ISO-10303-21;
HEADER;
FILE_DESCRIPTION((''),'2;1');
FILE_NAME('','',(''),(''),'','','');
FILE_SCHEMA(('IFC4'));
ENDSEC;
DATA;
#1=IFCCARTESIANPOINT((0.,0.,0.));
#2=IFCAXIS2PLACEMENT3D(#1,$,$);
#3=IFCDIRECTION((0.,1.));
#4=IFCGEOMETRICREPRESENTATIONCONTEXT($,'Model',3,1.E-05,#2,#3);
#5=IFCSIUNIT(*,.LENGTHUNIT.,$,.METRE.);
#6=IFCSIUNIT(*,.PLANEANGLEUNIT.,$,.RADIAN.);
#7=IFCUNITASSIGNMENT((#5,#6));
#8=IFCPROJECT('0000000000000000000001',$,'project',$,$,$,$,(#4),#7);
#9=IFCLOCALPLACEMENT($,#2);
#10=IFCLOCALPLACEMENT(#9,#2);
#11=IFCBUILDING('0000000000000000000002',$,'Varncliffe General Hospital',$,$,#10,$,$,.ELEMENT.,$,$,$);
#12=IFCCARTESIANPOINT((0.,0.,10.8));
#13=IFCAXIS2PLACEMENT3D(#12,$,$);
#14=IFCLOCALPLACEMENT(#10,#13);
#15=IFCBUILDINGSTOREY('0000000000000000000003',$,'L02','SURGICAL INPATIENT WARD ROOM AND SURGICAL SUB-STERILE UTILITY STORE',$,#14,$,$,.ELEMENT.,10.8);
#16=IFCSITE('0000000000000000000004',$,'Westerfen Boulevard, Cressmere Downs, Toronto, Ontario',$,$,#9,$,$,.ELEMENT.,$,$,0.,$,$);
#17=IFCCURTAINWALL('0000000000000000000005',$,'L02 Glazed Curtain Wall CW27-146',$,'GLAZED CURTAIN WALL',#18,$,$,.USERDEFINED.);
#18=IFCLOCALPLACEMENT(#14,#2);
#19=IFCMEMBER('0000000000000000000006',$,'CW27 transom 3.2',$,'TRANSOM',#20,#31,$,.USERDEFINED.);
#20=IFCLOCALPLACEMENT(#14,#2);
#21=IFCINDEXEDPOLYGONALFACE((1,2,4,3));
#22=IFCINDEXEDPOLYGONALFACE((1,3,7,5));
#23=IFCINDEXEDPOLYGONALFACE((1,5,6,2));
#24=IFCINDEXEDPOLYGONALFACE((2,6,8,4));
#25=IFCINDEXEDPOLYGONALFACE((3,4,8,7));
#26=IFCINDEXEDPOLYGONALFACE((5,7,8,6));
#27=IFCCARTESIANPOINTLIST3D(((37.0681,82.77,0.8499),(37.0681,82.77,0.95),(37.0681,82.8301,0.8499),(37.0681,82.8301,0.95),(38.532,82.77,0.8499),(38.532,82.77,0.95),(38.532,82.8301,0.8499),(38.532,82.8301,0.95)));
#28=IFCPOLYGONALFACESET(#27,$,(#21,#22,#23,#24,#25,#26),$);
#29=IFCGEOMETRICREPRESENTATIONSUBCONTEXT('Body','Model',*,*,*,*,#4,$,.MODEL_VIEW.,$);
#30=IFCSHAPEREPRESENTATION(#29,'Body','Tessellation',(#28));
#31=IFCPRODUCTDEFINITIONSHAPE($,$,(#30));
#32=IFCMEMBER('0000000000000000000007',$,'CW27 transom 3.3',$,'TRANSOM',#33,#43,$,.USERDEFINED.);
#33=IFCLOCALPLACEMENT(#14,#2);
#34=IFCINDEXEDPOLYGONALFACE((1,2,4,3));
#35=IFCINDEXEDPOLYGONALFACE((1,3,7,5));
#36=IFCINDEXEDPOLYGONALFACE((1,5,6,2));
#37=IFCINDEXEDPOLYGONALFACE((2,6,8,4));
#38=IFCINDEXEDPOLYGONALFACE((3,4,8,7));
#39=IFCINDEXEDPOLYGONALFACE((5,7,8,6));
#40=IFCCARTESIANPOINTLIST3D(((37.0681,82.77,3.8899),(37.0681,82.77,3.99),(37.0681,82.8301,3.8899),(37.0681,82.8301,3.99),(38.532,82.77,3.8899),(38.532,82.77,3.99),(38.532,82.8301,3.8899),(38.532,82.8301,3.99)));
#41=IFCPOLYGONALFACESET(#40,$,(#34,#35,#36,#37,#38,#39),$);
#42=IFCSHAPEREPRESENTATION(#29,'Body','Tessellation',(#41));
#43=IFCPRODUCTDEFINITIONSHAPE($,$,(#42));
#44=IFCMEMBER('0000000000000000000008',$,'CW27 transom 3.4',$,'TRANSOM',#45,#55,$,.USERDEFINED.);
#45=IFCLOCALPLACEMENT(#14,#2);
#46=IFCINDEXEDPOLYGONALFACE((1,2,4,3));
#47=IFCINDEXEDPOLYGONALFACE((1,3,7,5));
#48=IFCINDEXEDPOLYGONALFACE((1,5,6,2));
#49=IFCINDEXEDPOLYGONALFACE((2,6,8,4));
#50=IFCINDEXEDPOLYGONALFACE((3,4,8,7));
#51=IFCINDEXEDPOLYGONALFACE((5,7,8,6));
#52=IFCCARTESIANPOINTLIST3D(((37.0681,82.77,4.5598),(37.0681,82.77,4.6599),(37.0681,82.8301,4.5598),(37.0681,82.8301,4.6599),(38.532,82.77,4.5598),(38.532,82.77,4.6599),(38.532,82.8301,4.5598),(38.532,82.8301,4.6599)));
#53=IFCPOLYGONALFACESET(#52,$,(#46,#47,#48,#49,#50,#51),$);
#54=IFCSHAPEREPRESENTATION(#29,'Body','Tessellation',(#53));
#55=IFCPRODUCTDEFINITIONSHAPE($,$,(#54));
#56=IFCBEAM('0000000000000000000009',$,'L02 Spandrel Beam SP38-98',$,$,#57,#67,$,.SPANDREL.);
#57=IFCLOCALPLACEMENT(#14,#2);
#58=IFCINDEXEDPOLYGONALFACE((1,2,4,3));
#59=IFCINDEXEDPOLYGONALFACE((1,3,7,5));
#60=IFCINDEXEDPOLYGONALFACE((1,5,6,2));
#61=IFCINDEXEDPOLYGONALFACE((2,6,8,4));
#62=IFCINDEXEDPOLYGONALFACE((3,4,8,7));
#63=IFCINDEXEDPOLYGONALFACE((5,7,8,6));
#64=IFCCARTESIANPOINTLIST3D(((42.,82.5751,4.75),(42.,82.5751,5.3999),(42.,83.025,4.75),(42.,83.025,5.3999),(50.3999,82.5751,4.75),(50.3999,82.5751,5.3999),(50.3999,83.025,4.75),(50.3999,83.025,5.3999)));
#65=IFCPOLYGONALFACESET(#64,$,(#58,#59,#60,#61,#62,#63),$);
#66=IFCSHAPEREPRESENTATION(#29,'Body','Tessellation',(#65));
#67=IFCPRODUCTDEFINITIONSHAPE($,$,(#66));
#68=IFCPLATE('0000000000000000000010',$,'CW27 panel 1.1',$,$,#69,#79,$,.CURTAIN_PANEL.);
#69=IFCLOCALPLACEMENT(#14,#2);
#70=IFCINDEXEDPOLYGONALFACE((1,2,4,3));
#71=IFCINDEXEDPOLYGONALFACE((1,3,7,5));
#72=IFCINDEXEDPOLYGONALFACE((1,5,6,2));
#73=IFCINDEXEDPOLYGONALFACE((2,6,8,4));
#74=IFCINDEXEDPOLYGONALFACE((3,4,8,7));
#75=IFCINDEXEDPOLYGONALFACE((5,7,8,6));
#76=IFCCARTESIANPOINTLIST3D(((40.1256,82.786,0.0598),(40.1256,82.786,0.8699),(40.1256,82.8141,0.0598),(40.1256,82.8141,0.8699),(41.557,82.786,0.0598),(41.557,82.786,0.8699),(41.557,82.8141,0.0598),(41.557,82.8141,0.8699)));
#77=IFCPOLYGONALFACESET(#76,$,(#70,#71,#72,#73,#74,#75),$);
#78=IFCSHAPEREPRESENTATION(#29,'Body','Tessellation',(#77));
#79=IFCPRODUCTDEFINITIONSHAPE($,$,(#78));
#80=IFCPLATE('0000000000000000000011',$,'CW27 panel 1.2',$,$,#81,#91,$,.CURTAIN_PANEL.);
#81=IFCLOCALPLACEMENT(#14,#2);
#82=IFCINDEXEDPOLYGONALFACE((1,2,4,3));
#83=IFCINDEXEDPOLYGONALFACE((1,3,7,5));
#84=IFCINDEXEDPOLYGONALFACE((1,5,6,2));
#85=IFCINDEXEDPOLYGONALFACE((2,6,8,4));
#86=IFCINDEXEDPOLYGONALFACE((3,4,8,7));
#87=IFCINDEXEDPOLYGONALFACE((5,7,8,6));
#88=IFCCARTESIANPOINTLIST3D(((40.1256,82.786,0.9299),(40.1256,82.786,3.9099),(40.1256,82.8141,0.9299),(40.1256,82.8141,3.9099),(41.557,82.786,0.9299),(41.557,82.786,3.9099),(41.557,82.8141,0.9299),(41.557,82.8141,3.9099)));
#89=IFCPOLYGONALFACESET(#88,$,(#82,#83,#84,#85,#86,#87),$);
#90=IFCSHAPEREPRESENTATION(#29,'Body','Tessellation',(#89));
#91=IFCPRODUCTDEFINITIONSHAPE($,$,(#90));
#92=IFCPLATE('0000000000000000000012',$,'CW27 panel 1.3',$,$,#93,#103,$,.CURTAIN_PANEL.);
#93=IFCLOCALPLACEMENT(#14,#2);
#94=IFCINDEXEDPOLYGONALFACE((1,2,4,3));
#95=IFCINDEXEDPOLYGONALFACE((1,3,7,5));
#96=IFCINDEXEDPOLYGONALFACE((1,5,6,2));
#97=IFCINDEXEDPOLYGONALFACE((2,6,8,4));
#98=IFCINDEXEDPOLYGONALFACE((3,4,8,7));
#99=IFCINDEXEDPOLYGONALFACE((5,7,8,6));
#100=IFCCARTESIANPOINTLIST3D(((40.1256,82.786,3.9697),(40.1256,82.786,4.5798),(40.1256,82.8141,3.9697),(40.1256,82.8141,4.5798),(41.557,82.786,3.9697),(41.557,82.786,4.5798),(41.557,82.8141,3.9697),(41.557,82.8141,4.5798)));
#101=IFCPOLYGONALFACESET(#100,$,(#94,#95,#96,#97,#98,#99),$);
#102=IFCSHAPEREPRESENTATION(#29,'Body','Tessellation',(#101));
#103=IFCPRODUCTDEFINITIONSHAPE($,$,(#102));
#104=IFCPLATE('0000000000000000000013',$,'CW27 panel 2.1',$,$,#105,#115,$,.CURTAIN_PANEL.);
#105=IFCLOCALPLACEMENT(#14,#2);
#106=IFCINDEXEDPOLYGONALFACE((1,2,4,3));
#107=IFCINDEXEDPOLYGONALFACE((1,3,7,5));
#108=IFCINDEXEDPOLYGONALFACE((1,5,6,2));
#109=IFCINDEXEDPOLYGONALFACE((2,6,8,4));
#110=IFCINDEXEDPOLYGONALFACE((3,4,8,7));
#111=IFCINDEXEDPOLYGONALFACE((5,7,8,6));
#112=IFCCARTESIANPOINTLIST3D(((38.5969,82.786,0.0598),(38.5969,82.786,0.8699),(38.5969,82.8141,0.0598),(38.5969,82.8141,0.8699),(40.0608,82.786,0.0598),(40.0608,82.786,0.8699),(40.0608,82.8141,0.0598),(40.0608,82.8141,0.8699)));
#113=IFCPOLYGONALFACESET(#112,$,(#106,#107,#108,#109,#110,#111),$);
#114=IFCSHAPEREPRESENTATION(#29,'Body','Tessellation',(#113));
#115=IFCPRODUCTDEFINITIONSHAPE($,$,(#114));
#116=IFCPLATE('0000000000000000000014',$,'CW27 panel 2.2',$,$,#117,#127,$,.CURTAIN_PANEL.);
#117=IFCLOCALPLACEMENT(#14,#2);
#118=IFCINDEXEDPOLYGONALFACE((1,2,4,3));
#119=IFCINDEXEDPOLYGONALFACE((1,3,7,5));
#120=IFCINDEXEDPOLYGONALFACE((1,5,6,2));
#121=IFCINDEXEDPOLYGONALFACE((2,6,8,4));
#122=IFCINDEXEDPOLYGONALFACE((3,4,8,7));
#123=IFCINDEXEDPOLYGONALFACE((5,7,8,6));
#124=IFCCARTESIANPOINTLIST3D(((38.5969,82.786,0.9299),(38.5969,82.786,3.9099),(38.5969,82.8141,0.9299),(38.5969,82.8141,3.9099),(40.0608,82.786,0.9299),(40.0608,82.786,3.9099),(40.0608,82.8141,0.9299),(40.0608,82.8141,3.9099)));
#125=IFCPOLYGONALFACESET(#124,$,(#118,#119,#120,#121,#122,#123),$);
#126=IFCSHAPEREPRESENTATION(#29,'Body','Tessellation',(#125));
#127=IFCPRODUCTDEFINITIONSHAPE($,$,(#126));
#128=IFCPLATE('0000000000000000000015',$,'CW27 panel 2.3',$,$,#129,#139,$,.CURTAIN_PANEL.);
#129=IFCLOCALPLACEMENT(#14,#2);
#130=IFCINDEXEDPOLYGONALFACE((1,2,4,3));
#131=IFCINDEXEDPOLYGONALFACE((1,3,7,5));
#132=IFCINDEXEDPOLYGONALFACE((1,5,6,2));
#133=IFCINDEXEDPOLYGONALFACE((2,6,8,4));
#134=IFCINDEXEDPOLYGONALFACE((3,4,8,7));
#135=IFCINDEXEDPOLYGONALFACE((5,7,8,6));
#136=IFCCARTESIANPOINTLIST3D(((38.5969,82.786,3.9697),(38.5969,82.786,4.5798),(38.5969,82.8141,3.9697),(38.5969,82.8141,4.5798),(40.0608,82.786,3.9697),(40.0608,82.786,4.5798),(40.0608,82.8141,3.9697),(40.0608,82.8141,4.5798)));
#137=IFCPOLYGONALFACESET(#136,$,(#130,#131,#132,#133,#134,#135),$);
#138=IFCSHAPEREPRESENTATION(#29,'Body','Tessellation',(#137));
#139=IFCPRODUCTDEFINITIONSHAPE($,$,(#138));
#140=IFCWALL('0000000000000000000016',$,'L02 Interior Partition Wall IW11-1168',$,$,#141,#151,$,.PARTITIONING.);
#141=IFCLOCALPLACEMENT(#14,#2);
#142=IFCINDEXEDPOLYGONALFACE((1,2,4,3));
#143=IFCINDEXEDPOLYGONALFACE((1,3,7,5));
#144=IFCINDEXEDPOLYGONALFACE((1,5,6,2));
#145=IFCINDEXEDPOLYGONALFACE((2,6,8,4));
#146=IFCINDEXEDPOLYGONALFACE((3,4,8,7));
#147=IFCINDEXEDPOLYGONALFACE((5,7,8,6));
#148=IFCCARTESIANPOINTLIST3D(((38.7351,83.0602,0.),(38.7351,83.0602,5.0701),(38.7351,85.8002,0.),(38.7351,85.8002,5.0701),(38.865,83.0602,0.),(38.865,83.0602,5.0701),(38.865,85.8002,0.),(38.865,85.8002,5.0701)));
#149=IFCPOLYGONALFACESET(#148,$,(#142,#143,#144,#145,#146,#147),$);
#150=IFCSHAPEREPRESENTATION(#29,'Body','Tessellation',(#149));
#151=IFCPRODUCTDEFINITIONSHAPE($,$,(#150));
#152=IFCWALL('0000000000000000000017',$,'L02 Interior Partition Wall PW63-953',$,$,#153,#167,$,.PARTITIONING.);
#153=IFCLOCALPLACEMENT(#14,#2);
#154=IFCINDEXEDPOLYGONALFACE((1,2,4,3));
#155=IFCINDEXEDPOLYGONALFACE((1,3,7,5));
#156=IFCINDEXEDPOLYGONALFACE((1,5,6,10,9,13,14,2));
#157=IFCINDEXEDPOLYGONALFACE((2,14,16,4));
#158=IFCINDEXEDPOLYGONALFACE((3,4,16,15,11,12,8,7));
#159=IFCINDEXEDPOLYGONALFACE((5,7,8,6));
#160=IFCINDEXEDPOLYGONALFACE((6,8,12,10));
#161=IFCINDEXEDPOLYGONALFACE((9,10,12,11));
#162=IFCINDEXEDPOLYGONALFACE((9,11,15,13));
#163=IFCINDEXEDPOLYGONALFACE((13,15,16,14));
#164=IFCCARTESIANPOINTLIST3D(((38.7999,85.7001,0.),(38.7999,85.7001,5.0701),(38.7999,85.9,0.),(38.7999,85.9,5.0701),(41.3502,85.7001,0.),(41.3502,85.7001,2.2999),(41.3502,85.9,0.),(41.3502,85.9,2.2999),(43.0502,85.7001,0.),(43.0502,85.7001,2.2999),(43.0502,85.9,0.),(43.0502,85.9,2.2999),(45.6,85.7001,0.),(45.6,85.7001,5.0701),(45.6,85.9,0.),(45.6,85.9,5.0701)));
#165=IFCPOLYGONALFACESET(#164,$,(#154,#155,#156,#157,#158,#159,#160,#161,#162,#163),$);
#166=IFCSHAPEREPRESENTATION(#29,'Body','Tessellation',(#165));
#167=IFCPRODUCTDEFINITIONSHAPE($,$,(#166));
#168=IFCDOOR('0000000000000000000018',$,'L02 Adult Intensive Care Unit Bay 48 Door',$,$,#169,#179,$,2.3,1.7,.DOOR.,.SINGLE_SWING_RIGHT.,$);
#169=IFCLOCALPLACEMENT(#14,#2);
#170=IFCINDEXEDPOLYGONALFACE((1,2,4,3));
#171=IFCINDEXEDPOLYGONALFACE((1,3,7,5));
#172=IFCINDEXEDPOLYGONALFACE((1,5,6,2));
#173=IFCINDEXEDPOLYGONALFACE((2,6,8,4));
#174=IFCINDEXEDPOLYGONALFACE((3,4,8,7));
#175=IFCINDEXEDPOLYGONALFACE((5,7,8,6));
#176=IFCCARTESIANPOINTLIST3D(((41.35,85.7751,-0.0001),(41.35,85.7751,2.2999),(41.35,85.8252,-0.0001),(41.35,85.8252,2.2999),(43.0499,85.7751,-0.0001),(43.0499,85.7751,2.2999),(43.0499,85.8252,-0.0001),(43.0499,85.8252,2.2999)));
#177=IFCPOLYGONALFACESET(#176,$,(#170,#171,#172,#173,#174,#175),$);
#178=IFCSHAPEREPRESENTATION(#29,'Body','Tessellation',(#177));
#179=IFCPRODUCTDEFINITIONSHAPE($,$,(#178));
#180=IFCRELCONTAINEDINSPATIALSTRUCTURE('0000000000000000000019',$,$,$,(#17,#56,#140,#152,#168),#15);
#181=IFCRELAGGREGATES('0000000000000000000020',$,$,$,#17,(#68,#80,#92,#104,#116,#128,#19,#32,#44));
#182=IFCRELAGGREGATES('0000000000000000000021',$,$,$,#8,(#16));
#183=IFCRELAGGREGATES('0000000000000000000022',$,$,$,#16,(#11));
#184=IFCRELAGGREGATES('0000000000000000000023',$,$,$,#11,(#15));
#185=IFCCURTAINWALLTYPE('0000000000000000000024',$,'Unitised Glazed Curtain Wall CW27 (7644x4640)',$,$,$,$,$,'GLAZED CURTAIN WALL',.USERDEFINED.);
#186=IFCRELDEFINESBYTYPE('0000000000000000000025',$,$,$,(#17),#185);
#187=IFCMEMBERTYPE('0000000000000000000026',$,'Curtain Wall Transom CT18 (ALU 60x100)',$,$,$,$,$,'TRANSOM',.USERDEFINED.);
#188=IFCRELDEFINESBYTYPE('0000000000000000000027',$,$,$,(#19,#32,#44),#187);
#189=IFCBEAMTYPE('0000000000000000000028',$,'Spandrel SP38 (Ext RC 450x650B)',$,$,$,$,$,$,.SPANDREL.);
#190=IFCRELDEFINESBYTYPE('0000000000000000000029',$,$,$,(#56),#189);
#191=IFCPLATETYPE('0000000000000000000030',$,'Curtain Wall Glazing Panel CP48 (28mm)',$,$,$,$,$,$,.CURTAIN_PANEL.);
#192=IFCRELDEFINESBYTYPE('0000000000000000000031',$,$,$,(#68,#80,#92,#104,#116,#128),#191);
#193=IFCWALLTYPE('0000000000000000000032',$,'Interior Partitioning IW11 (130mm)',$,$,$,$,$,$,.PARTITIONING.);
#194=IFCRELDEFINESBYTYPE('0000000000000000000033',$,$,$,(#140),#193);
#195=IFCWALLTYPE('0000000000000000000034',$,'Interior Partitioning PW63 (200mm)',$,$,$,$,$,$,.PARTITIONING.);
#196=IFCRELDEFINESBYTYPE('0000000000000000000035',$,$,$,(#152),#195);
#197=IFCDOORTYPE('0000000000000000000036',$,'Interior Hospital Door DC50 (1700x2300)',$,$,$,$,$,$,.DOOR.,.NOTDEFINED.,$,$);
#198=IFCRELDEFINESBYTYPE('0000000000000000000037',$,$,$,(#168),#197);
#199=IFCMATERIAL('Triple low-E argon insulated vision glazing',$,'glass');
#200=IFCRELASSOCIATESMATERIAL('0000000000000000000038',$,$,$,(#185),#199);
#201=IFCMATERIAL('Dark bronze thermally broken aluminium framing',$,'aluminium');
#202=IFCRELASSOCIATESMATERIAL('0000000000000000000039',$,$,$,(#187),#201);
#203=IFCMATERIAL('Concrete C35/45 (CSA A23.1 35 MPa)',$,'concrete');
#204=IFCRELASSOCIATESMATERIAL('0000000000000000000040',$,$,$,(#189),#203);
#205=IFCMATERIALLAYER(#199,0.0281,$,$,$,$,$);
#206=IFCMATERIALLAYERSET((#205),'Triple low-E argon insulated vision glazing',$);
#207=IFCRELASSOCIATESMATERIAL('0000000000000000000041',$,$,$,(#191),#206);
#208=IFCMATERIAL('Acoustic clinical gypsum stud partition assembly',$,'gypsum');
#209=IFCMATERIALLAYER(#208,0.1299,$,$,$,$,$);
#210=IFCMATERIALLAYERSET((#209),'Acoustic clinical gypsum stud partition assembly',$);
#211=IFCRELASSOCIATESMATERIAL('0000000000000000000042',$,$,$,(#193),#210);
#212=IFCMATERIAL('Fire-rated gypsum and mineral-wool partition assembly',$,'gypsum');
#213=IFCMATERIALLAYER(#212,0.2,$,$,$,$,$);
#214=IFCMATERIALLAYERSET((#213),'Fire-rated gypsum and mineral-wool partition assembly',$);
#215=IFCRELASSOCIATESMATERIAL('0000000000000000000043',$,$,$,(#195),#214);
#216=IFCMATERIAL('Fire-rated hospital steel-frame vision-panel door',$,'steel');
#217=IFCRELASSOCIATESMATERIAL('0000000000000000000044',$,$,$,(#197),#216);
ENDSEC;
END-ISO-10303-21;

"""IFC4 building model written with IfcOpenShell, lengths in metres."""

from ifc_helpers import new_model, si_unit, direction, frame, frame_2d, origin, origin_2d, place, context, subcontext, project, spatial, rectangle, extrude, material, layer, layer_set, material_profile, profile_set, type_object, element, fill, aggregate, save


model = new_model("IFC4")

# Units and contexts
model_context = context("Model", 3, precision=1e-05, world=origin(), true_north=direction((0.0, 1.0)))
body_context = subcontext(model_context, "Body", "Model", "MODEL_VIEW")
ifc_project = project(units=[si_unit("LENGTHUNIT", "METRE"), si_unit("PLANEANGLEUNIT", "RADIAN")], contexts=[model_context])

# Site, building, storey
site_placement = place(None, origin())
site = spatial("IfcSite", under=ifc_project, at=site_placement, Name="Westerfen Boulevard, Cressmere Downs, Toronto, Ontario", CompositionType="ELEMENT", RefElevation=0.0)
building_placement = place(site_placement, origin())
building = spatial("IfcBuilding", under=site, at=building_placement, Name="Varncliffe General Hospital", CompositionType="ELEMENT")
storey_placement = place(building_placement, frame((0.0, 0.0, 10.8)))
storey = spatial("IfcBuildingStorey", under=building, at=storey_placement, Name="L02", Description="SURGICAL INPATIENT WARD ROOM AND SURGICAL SUB-STERILE UTILITY STORE", CompositionType="ELEMENT", Elevation=10.8)

# Shared definitions
ifc_material_1 = material(Name="Concrete C35/45 (CSA A23.1 35 MPa)", Category="concrete")

# Shared definitions
ifc_material_2 = material(Name="Triple low-E argon insulated vision glazing", Category="glass")
ifc_material_3 = material(Name="Dark bronze thermally broken aluminium framing", Category="aluminium")

# Curtain wall, members
curtain_wall_type_1 = type_object("IfcCurtainWallType", Name="Unitised Glazed Curtain Wall CW27 (7644x4640)", ElementType="GLAZED CURTAIN WALL", PredefinedType="USERDEFINED", material=ifc_material_2)
curtain_wall_1_placement = place(storey_placement, origin())
curtain_wall_1 = element("IfcCurtainWall", 1, at=curtain_wall_1_placement, inside=storey, type_object=curtain_wall_type_1, Name="L02 Glazed Curtain Wall CW27-146", ObjectType="GLAZED CURTAIN WALL", PredefinedType="USERDEFINED")
ifc_material_profile_1 = material_profile(ifc_material_3, rectangle(XDim=0.0601, YDim=0.1001, at=origin_2d()), Name="ALU 60x100")
ifc_profile_set_1 = profile_set([ifc_material_profile_1], Name="Dark bronze thermally broken aluminium framing")
member_type_1 = type_object("IfcMemberType", Name="Curtain Wall Transom CT18 (ALU 60x100)", ElementType="TRANSOM", PredefinedType="USERDEFINED", material=ifc_profile_set_1)
member_1_placement = place(storey_placement, frame((38.532, 82.8, 0.8999), z_axis=(-1.0, 0.0, 0.0), x_axis=(0.0, -1.0, 0.0)))
member_1 = element("IfcMember", 2, at=member_1_placement, type_object=member_type_1, Name="CW27 transom 3.2", ObjectType="TRANSOM", PredefinedType="USERDEFINED", context=body_context, shape_type="SweptSolid", body=[
    extrude(rectangle(XDim=0.0601, YDim=0.1001, at=origin_2d()), origin(), (0.0, 0.0, 1.0), 1.4639),
])
member_2_placement = place(storey_placement, frame((38.532, 82.8, 3.9399), z_axis=(-1.0, 0.0, 0.0), x_axis=(0.0, -1.0, 0.0)))
member_2 = element("IfcMember", 3, at=member_2_placement, type_object=member_type_1, Name="CW27 transom 3.3", ObjectType="TRANSOM", PredefinedType="USERDEFINED", context=body_context, shape_type="SweptSolid", body=[
    extrude(rectangle(XDim=0.0601, YDim=0.1001, at=origin_2d()), origin(), (0.0, 0.0, 1.0), 1.4639),
])
member_3_placement = place(storey_placement, frame((38.532, 82.8, 4.6099), z_axis=(-1.0, 0.0, 0.0), x_axis=(0.0, -1.0, 0.0)))
member_3 = element("IfcMember", 4, at=member_3_placement, type_object=member_type_1, Name="CW27 transom 3.4", ObjectType="TRANSOM", PredefinedType="USERDEFINED", context=body_context, shape_type="SweptSolid", body=[
    extrude(rectangle(XDim=0.0601, YDim=0.1001, at=origin_2d()), origin(), (0.0, 0.0, 1.0), 1.4639),
])

# Beam
ifc_material_profile_2 = material_profile(ifc_material_1, rectangle(XDim=0.45, YDim=0.6499, at=origin_2d()), Name="RC 450x650")
ifc_profile_set_2 = profile_set([ifc_material_profile_2], Name="Concrete C35/45 (CSA A23.1 35 MPa)")
beam_type_1 = type_object("IfcBeamType", Name="Spandrel SP38 (Ext RC 450x650B)", PredefinedType="SPANDREL", material=ifc_profile_set_2)
beam_1_placement = place(storey_placement, frame((42.0, 82.8, 5.075), z_axis=(1.0, 0.0, 0.0), x_axis=(0.0, 1.0, 0.0)))
element("IfcBeam", 5, at=beam_1_placement, inside=storey, type_object=beam_type_1, Name="L02 Spandrel Beam SP38-98", PredefinedType="SPANDREL", context=body_context, shape_type="SweptSolid", body=[
    extrude(rectangle(XDim=0.45, YDim=0.6499, at=origin_2d()), origin(), (0.0, 0.0, 1.0), 8.3999),
])

# Plates
ifc_layer_1 = layer(ifc_material_2, 0.0281)
ifc_layer_set_1 = layer_set([ifc_layer_1], Name="Triple low-E argon insulated vision glazing")
plate_type = type_object("IfcPlateType", Name="Curtain Wall Glazing Panel CP48 (28mm)", PredefinedType="CURTAIN_PANEL", material=ifc_layer_set_1)
plate_1_placement = place(storey_placement, frame((40.8413, 82.8, 0.0598), z_axis=(0.0, 0.0, 1.0), x_axis=(-1.0, 0.0, 0.0)))
plate_1 = element("IfcPlate", 6, at=plate_1_placement, type_object=plate_type, Name="CW27 panel 1.1", PredefinedType="CURTAIN_PANEL", context=body_context, shape_type="SweptSolid", body=[
    extrude(rectangle(XDim=1.4314, YDim=0.0281, at=origin_2d()), origin(), (0.0, 0.0, 1.0), 0.8101),
])
plate_2_placement = place(storey_placement, frame((40.8413, 82.8, 0.9299), z_axis=(0.0, 0.0, 1.0), x_axis=(-1.0, 0.0, 0.0)))
plate_2 = element("IfcPlate", 7, at=plate_2_placement, type_object=plate_type, Name="CW27 panel 1.2", PredefinedType="CURTAIN_PANEL", context=body_context, shape_type="SweptSolid", body=[
    extrude(rectangle(XDim=1.4314, YDim=0.0281, at=origin_2d()), origin(), (0.0, 0.0, 1.0), 2.98),
])
plate_3_placement = place(storey_placement, frame((40.8413, 82.8, 3.9697), z_axis=(0.0, 0.0, 1.0), x_axis=(-1.0, 0.0, 0.0)))
plate_3 = element("IfcPlate", 8, at=plate_3_placement, type_object=plate_type, Name="CW27 panel 1.3", PredefinedType="CURTAIN_PANEL", context=body_context, shape_type="SweptSolid", body=[
    extrude(rectangle(XDim=1.4314, YDim=0.0281, at=origin_2d()), origin(), (0.0, 0.0, 1.0), 0.6101),
])
plate_4_placement = place(storey_placement, frame((39.3289, 82.8, 0.0598), z_axis=(0.0, 0.0, 1.0), x_axis=(-1.0, 0.0, 0.0)))
plate_4 = element("IfcPlate", 9, at=plate_4_placement, type_object=plate_type, Name="CW27 panel 2.1", PredefinedType="CURTAIN_PANEL", context=body_context, shape_type="SweptSolid", body=[
    extrude(rectangle(XDim=1.4639, YDim=0.0281, at=origin_2d()), origin(), (0.0, 0.0, 1.0), 0.8101),
])
plate_5_placement = place(storey_placement, frame((39.3289, 82.8, 0.9299), z_axis=(0.0, 0.0, 1.0), x_axis=(-1.0, 0.0, 0.0)))
plate_5 = element("IfcPlate", 10, at=plate_5_placement, type_object=plate_type, Name="CW27 panel 2.2", PredefinedType="CURTAIN_PANEL", context=body_context, shape_type="SweptSolid", body=[
    extrude(rectangle(XDim=1.4639, YDim=0.0281, at=origin_2d()), origin(), (0.0, 0.0, 1.0), 2.98),
])
plate_6_placement = place(storey_placement, frame((39.3289, 82.8, 3.9697), z_axis=(0.0, 0.0, 1.0), x_axis=(-1.0, 0.0, 0.0)))
plate_6 = element("IfcPlate", 11, at=plate_6_placement, type_object=plate_type, Name="CW27 panel 2.3", PredefinedType="CURTAIN_PANEL", context=body_context, shape_type="SweptSolid", body=[
    extrude(rectangle(XDim=1.4639, YDim=0.0281, at=origin_2d()), origin(), (0.0, 0.0, 1.0), 0.6101),
])
aggregate(curtain_wall_1, [plate_1, plate_2, plate_3, plate_4, plate_5, plate_6, member_1, member_2, member_3])

# Wall
ifc_material_4 = material(Name="Acoustic clinical gypsum stud partition assembly", Category="gypsum")
ifc_layer_2 = layer(ifc_material_4, 0.1299)
ifc_layer_set_2 = layer_set([ifc_layer_2], Name="Acoustic clinical gypsum stud partition assembly")
wall_type_1 = type_object("IfcWallType", Name="Interior Partitioning IW11 (130mm)", PredefinedType="PARTITIONING", material=ifc_layer_set_2)
wall_1_placement = place(storey_placement, frame((38.8, 83.0601, 0.0), z_axis=(0.0, 0.0, 1.0), x_axis=(0.0, 1.0, 0.0)))
element("IfcWall", 12, at=wall_1_placement, inside=storey, type_object=wall_type_1, Name="L02 Interior Partition Wall IW11-1168", PredefinedType="PARTITIONING", context=body_context, shape_type="SweptSolid", body=[
    extrude(rectangle(XDim=2.74, YDim=0.1299, at=frame_2d((1.3701, 0.0))), origin(), (0.0, 0.0, 1.0), 5.0701),
])

# Wall, opening, door
ifc_material_5 = material(Name="Fire-rated gypsum and mineral-wool partition assembly", Category="gypsum")
ifc_layer_3 = layer(ifc_material_5, 0.2)
ifc_layer_set_3 = layer_set([ifc_layer_3], Name="Fire-rated gypsum and mineral-wool partition assembly")
wall_type_2 = type_object("IfcWallType", Name="Interior Partitioning PW63 (200mm)", PredefinedType="PARTITIONING", material=ifc_layer_set_3)
wall_2_placement = place(storey_placement, frame((38.8, 85.8, 0.0), z_axis=(0.0, 0.0, 1.0), x_axis=(1.0, 0.0, 0.0)))
wall_2 = element("IfcWall", 13, at=wall_2_placement, inside=storey, type_object=wall_type_2, Name="L02 Interior Partition Wall PW63-953", PredefinedType="PARTITIONING", context=body_context, shape_type="SweptSolid", body=[
    extrude(rectangle(XDim=6.8, YDim=0.2, at=frame_2d((3.3999, 0.0))), origin(), (0.0, 0.0, 1.0), 5.0701),
])
opening_placement = place(wall_2_placement, frame((2.55, 0.0, 0.0)))
opening = element("IfcOpeningElement", 14, at=opening_placement, cuts=wall_2, PredefinedType="OPENING", context=body_context, shape_type="SweptSolid", body=[
    extrude(rectangle(XDim=1.7, YDim=2.3, at=frame_2d((0.8501, 1.1499))), frame((0.0, 0.1099, 0.0), z_axis=(0.0, -1.0, 0.0), x_axis=(1.0, 0.0, 0.0)), (0.0, 0.0, 1.0), 0.22),
])
ifc_material_6 = material(Name="Fire-rated hospital steel-frame vision-panel door", Category="steel")
door_type = type_object("IfcDoorType", Name="Interior Hospital Door DC50 (1700x2300)", OperationType="NOTDEFINED", PredefinedType="DOOR", material=ifc_material_6)
door_placement = place(opening_placement, frame((1.7, 0.0, 0.0), z_axis=(0.0, 0.0, 1.0), x_axis=(-1.0, 0.0, 0.0)))
door = element("IfcDoor", 15, at=door_placement, inside=storey, type_object=door_type, Name="L02 Adult Intensive Care Unit Bay 48 Door", OperationType="SINGLE_SWING_RIGHT", OverallHeight=2.3, OverallWidth=1.7, PredefinedType="DOOR", context=body_context, shape_type="SweptSolid", body=[
    extrude(rectangle(XDim=1.7, YDim=2.3, at=frame_2d((0.8501, 1.1499))), frame((0.0, 0.0249, 0.0), z_axis=(0.0, -1.0, 0.0), x_axis=(1.0, 0.0, 0.0)), (0.0, 0.0, 1.0), 0.05),
])
fill(opening, door)

save(model, "model.ifc")
